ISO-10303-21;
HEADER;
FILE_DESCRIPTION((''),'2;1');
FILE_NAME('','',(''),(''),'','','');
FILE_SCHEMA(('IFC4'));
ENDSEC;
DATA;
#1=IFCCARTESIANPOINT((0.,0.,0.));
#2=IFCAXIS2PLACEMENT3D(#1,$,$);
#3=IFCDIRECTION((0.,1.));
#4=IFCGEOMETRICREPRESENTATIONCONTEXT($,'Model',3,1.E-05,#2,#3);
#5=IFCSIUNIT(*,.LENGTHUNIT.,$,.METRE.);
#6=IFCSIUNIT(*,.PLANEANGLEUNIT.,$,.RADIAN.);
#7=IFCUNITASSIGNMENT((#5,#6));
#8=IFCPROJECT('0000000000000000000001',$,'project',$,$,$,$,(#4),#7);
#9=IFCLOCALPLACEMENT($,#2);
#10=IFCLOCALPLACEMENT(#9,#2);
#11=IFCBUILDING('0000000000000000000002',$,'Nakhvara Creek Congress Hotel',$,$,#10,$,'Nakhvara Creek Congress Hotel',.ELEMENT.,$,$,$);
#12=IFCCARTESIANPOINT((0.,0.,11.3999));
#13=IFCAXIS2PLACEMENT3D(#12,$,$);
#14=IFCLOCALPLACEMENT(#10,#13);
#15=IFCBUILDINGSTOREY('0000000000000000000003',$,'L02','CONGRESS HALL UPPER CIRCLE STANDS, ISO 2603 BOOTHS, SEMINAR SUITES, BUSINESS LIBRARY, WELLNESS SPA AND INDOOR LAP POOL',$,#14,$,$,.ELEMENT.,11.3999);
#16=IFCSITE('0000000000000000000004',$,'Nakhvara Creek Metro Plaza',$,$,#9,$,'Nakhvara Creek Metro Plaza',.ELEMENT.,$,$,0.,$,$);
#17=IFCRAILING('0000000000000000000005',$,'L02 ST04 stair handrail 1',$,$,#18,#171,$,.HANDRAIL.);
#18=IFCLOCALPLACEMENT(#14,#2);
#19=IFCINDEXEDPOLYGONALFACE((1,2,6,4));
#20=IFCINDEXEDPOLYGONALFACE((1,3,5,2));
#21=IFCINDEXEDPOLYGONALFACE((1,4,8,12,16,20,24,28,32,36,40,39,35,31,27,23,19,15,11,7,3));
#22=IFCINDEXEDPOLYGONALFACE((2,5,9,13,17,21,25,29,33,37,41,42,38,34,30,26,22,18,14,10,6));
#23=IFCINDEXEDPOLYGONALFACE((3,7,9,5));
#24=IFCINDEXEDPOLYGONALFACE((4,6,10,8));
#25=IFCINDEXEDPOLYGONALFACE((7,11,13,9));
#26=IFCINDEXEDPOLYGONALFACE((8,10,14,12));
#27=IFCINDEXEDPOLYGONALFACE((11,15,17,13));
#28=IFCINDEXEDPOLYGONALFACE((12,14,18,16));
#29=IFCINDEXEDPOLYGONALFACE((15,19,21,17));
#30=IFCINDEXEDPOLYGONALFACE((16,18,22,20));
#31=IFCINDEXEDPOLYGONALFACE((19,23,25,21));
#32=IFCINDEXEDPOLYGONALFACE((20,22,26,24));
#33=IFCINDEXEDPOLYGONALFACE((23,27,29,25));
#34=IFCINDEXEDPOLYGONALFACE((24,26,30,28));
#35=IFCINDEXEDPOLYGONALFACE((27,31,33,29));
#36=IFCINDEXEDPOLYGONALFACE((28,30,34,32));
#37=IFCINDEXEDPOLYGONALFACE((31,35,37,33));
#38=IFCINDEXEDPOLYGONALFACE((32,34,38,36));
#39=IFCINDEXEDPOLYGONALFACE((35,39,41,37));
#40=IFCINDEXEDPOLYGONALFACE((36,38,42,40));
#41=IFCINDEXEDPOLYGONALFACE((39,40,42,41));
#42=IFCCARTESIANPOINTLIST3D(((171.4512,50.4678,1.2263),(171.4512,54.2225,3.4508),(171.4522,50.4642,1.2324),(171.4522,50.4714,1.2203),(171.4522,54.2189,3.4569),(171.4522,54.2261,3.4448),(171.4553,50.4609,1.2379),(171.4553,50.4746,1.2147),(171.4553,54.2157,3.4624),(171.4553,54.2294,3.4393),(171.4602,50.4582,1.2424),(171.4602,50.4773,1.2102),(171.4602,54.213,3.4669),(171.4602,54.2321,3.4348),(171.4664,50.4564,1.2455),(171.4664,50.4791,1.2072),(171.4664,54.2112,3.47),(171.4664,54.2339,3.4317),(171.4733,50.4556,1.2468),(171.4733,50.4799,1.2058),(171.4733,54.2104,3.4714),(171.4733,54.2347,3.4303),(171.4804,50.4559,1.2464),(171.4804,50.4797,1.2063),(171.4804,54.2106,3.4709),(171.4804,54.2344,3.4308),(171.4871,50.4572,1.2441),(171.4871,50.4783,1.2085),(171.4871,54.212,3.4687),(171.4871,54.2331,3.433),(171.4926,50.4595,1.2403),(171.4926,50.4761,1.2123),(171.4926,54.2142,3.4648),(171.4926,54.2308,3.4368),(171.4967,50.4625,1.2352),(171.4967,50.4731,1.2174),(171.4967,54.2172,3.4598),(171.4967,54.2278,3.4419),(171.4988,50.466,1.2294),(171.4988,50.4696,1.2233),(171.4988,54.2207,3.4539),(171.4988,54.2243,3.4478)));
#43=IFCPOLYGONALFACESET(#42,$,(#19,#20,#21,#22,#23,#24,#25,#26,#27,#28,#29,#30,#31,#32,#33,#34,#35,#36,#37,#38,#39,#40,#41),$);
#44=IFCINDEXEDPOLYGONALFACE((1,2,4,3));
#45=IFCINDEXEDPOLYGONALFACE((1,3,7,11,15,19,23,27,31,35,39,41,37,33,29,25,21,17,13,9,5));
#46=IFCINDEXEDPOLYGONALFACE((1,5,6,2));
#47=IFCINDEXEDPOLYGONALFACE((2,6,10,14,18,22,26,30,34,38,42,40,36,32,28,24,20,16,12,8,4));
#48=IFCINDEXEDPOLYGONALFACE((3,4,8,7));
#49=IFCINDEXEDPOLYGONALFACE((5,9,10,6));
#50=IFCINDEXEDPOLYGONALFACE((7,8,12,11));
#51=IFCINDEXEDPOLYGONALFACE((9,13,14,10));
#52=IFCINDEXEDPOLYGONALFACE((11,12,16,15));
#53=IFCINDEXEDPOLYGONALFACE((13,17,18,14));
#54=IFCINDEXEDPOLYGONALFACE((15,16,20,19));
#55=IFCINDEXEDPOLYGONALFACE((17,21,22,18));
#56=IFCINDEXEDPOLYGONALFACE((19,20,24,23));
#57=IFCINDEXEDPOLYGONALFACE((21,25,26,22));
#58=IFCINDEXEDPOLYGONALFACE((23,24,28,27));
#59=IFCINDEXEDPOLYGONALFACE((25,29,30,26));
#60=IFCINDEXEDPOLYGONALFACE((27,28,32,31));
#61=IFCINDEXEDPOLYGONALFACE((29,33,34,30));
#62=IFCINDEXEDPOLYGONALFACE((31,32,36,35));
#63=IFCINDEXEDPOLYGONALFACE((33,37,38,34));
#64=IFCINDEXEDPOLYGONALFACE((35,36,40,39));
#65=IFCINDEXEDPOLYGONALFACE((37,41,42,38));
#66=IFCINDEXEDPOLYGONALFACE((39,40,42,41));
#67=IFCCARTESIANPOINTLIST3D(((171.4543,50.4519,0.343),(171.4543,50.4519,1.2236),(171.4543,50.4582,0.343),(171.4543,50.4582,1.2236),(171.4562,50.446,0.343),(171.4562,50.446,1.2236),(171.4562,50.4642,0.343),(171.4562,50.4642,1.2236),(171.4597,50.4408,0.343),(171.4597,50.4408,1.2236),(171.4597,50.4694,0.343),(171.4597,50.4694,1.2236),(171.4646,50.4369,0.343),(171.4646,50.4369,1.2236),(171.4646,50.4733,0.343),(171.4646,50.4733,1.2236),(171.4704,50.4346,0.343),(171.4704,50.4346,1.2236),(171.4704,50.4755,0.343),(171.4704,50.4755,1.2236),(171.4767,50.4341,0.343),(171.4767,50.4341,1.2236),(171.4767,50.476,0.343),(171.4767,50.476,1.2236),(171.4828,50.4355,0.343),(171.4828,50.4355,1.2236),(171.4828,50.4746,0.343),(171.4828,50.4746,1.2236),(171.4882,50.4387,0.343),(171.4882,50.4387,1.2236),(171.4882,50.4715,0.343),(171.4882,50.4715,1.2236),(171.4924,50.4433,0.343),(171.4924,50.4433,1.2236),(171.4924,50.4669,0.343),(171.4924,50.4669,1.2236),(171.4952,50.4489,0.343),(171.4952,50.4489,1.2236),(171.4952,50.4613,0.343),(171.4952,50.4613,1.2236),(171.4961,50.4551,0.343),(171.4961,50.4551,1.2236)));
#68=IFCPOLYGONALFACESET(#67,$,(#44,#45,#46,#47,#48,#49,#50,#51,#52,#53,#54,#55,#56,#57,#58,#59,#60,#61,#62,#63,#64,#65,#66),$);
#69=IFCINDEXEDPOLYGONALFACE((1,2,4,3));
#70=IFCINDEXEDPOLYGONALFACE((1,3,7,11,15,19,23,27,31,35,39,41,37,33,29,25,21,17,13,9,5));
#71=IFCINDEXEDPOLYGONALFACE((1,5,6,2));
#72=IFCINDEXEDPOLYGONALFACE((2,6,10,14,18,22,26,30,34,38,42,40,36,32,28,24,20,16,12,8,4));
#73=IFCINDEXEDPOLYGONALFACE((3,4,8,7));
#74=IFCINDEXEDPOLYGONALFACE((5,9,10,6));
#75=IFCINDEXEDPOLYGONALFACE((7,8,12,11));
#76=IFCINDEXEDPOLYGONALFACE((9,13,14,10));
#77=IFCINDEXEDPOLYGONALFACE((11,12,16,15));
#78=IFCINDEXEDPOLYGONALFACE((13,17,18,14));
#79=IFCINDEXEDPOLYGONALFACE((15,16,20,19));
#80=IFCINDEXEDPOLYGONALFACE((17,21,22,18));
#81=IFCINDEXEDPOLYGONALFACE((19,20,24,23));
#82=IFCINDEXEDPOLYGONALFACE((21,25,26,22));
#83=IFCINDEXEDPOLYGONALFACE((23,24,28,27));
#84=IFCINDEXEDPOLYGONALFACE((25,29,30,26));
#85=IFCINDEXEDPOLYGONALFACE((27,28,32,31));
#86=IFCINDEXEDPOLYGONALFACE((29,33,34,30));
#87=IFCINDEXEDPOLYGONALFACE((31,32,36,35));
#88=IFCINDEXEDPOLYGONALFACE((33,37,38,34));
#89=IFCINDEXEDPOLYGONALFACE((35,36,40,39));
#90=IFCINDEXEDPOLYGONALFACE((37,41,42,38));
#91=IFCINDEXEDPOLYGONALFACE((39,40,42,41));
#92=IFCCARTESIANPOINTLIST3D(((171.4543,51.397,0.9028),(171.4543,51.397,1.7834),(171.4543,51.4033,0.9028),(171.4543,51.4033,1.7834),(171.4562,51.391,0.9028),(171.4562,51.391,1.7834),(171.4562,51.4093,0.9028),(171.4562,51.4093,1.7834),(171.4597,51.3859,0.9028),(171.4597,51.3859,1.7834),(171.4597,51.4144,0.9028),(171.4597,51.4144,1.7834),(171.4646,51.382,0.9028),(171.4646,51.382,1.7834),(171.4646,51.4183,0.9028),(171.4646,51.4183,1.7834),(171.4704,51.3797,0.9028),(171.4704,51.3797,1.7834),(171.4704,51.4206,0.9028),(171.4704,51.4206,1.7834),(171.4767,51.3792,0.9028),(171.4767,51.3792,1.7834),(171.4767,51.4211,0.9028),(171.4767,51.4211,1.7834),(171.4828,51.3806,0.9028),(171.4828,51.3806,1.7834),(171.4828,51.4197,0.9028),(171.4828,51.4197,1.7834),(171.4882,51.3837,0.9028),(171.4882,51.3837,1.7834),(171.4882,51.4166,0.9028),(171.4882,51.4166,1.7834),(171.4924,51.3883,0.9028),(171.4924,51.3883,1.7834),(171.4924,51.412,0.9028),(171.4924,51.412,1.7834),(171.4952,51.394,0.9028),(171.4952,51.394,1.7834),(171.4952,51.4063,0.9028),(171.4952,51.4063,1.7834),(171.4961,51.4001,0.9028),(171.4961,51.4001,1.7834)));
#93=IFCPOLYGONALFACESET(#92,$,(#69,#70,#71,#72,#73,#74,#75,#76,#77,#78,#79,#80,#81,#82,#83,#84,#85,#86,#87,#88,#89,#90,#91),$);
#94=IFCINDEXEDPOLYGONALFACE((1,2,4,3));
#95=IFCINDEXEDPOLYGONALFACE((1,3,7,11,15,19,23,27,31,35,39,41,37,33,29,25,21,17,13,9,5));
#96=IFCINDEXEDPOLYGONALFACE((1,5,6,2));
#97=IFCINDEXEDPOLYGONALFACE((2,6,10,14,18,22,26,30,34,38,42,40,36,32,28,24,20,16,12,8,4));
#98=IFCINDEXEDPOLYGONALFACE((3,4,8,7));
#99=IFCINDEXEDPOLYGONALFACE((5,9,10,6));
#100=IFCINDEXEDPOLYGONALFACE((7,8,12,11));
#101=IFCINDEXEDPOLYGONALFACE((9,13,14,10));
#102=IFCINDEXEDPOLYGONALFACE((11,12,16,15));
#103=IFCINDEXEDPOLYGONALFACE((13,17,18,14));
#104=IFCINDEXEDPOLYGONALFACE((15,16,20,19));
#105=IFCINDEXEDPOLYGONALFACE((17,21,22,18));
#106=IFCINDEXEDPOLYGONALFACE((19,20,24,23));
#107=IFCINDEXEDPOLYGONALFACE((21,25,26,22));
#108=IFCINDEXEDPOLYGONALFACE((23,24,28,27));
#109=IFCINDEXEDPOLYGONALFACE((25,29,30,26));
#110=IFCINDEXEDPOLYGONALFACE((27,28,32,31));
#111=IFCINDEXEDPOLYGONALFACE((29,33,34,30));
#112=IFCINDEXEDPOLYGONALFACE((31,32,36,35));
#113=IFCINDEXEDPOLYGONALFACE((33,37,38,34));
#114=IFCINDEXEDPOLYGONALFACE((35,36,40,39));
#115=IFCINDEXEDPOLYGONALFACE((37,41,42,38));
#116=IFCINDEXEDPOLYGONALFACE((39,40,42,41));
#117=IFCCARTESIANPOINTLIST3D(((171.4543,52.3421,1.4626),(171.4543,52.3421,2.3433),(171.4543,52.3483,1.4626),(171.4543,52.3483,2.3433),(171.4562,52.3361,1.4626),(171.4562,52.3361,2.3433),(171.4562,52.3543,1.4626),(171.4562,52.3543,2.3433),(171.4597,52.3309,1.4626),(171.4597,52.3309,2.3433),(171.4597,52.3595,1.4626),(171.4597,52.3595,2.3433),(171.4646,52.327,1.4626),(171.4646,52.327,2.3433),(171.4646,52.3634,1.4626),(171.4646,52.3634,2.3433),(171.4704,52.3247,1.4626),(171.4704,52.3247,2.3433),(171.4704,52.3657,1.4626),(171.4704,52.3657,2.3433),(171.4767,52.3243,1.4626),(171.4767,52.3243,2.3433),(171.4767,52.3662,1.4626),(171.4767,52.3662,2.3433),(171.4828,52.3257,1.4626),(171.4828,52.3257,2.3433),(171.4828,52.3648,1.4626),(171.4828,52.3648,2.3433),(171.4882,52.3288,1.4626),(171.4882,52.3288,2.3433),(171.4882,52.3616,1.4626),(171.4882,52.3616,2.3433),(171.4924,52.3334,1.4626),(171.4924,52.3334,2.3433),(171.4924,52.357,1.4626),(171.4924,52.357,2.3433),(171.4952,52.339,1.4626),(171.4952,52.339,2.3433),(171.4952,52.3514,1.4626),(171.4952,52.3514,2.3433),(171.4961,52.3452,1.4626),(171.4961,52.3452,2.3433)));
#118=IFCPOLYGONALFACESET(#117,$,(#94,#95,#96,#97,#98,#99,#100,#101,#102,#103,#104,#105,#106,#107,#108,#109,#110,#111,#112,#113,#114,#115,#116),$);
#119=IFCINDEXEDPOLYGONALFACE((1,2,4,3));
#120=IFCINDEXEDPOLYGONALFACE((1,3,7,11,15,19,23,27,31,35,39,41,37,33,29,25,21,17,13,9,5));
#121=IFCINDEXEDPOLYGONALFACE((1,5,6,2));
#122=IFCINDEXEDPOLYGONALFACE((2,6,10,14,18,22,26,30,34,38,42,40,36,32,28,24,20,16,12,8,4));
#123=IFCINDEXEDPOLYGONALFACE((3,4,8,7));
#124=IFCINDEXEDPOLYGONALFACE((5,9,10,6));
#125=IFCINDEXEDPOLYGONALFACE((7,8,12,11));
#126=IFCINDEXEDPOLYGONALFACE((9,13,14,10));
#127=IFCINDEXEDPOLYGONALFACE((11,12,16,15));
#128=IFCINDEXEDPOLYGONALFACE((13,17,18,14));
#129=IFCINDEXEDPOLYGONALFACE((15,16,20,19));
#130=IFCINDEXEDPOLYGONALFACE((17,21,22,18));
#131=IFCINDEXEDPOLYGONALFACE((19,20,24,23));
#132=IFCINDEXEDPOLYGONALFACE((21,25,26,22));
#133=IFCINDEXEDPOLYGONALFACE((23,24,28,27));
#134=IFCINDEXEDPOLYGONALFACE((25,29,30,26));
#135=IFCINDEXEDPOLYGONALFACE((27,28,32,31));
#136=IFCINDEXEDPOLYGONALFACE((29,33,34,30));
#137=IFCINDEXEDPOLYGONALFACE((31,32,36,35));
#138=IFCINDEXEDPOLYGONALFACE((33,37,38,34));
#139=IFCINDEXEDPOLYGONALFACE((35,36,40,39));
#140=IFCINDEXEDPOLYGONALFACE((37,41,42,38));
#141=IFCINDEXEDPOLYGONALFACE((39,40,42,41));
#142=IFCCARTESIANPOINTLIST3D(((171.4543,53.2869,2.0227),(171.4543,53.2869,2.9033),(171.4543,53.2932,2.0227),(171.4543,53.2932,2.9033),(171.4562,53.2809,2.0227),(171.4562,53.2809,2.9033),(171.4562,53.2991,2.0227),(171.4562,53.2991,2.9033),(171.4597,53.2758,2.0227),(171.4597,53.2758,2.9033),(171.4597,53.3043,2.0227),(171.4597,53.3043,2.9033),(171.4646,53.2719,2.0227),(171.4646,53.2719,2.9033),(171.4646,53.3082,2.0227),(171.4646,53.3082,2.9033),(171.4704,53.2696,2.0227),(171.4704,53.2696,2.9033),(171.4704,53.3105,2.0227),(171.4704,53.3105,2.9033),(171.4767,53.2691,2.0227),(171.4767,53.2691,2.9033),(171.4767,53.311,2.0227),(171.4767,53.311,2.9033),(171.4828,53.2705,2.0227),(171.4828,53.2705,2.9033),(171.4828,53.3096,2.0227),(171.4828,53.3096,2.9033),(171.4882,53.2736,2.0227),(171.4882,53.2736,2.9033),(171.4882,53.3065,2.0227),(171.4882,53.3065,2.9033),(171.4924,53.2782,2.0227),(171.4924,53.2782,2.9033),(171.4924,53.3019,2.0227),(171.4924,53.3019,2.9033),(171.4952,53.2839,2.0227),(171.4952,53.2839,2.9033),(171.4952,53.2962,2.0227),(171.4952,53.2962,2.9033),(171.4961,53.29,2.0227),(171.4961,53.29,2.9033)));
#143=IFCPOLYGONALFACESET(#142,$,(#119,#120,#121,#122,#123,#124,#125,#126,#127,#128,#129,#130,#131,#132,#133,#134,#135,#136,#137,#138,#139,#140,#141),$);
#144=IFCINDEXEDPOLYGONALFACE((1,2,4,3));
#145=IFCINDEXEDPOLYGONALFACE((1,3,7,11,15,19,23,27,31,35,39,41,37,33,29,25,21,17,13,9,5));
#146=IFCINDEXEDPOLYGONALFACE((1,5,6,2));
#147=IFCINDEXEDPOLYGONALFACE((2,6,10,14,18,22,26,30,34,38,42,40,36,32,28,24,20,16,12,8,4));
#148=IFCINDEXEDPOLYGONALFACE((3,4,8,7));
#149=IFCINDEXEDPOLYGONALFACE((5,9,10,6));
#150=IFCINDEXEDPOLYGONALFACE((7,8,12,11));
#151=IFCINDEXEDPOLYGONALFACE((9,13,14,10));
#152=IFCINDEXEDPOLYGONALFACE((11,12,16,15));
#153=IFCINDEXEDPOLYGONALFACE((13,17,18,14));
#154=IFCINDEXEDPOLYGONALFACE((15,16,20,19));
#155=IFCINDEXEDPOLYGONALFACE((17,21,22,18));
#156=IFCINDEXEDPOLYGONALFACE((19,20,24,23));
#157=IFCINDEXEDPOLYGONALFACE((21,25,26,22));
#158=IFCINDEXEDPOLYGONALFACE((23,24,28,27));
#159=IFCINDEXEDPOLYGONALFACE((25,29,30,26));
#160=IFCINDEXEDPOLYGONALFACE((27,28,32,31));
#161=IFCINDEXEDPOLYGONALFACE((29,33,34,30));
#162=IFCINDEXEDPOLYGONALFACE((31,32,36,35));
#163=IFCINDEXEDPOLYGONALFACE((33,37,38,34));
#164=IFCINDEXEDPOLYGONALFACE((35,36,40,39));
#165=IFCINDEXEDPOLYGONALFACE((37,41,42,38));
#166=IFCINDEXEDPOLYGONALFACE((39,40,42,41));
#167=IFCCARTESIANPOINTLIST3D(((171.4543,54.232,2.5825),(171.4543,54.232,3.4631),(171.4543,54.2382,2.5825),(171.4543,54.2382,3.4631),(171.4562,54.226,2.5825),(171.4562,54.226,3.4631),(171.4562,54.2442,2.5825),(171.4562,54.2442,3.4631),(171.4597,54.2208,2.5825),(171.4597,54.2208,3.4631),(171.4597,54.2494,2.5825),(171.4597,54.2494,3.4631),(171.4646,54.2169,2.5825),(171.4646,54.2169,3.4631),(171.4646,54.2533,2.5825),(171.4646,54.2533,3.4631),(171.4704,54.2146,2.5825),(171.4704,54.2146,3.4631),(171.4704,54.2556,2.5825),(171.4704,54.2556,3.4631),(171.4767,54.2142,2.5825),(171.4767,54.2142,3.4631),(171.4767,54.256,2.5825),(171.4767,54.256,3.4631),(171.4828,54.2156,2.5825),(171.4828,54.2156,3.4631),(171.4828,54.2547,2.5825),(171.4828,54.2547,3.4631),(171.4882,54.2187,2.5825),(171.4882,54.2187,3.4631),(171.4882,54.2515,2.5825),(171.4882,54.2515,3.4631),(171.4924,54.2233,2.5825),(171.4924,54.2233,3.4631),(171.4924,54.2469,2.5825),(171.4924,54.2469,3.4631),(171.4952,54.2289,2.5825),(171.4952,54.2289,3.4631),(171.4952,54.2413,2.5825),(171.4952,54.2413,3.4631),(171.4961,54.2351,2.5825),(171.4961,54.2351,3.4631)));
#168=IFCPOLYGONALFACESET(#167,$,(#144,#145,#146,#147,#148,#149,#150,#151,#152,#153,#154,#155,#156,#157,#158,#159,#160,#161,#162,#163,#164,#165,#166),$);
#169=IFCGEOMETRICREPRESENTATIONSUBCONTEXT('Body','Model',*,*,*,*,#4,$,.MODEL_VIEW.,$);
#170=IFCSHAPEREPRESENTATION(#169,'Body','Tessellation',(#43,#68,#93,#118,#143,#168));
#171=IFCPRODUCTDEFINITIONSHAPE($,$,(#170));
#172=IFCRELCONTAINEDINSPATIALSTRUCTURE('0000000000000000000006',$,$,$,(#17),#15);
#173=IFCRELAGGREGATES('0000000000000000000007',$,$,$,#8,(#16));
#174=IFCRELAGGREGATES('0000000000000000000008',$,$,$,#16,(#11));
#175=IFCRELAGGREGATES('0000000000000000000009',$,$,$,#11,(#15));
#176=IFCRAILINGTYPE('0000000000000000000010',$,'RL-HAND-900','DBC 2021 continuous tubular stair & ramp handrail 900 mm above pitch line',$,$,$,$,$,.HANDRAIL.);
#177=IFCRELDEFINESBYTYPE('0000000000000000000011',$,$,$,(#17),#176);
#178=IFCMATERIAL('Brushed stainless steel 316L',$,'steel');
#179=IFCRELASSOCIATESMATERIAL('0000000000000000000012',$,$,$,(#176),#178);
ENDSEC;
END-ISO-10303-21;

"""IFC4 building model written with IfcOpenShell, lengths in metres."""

from ifc_helpers import new_model, si_unit, direction, frame, origin, origin_2d, place, context, subcontext, project, spatial, circle, extrude, material, type_object, element, save


model = new_model("IFC4")

# Units and contexts
model_context = context("Model", 3, precision=1e-05, world=origin(), true_north=direction((0.0, 1.0)))
body_context = subcontext(model_context, "Body", "Model", "MODEL_VIEW")
ifc_project = project(units=[si_unit("LENGTHUNIT", "METRE"), si_unit("PLANEANGLEUNIT", "RADIAN")], contexts=[model_context])

# Site, building, storey
site_placement = place(None, origin())
site = spatial("IfcSite", under=ifc_project, at=site_placement, Name="Nakhvara Creek Metro Plaza", LongName="Nakhvara Creek Metro Plaza", CompositionType="ELEMENT", RefElevation=0.0)
building_placement = place(site_placement, origin())
building = spatial("IfcBuilding", under=site, at=building_placement, Name="Nakhvara Creek Congress Hotel", LongName="Nakhvara Creek Congress Hotel", CompositionType="ELEMENT")
storey_placement = place(building_placement, frame((0.0, 0.0, 11.3999)))
storey = spatial("IfcBuildingStorey", under=building, at=storey_placement, Name="L02", Description="CONGRESS HALL UPPER CIRCLE STANDS, ISO 2603 BOOTHS, SEMINAR SUITES, BUSINESS LIBRARY, WELLNESS SPA AND INDOOR LAP POOL", CompositionType="ELEMENT", Elevation=11.3999)

# Railing
ifc_material_1 = material(Name="Brushed stainless steel 316L", Category="steel")
railing_type_1 = type_object("IfcRailingType", Name="RL-HAND-900", Description="DBC 2021 continuous tubular stair & ramp handrail 900 mm above pitch line", PredefinedType="HANDRAIL", material=ifc_material_1)
railing_1_placement = place(storey_placement, frame((171.4751, 50.4551, 0.343)))
element("IfcRailing", 1, at=railing_1_placement, inside=storey, type_object=railing_type_1, Name="L02 ST04 stair handrail 1", PredefinedType="HANDRAIL", context=body_context, shape_type="SweptSolid", body=[
    extrude(circle(Radius=0.0239, at=origin_2d()), frame((0.0, 0.0127, 0.8833), z_axis=(0.0, 0.860343, 0.509716), x_axis=(-1.0, 0.0, 0.0)), (0.0, 0.0, 1.0), 4.3643),
    extrude(circle(Radius=0.021, at=origin_2d()), origin(), (0.0, 0.0, 1.0), 0.8806),
    extrude(circle(Radius=0.021, at=origin_2d()), frame((0.0, 0.9451, 0.5598)), (0.0, 0.0, 1.0), 0.8806),
    extrude(circle(Radius=0.021, at=origin_2d()), frame((0.0, 1.8901, 1.1196)), (0.0, 0.0, 1.0), 0.8806),
    extrude(circle(Radius=0.021, at=origin_2d()), frame((0.0, 2.835, 1.6797)), (0.0, 0.0, 1.0), 0.8806),
    extrude(circle(Radius=0.021, at=origin_2d()), frame((0.0, 3.78, 2.2395)), (0.0, 0.0, 1.0), 0.8806),
])

save(model, "model.ifc")
